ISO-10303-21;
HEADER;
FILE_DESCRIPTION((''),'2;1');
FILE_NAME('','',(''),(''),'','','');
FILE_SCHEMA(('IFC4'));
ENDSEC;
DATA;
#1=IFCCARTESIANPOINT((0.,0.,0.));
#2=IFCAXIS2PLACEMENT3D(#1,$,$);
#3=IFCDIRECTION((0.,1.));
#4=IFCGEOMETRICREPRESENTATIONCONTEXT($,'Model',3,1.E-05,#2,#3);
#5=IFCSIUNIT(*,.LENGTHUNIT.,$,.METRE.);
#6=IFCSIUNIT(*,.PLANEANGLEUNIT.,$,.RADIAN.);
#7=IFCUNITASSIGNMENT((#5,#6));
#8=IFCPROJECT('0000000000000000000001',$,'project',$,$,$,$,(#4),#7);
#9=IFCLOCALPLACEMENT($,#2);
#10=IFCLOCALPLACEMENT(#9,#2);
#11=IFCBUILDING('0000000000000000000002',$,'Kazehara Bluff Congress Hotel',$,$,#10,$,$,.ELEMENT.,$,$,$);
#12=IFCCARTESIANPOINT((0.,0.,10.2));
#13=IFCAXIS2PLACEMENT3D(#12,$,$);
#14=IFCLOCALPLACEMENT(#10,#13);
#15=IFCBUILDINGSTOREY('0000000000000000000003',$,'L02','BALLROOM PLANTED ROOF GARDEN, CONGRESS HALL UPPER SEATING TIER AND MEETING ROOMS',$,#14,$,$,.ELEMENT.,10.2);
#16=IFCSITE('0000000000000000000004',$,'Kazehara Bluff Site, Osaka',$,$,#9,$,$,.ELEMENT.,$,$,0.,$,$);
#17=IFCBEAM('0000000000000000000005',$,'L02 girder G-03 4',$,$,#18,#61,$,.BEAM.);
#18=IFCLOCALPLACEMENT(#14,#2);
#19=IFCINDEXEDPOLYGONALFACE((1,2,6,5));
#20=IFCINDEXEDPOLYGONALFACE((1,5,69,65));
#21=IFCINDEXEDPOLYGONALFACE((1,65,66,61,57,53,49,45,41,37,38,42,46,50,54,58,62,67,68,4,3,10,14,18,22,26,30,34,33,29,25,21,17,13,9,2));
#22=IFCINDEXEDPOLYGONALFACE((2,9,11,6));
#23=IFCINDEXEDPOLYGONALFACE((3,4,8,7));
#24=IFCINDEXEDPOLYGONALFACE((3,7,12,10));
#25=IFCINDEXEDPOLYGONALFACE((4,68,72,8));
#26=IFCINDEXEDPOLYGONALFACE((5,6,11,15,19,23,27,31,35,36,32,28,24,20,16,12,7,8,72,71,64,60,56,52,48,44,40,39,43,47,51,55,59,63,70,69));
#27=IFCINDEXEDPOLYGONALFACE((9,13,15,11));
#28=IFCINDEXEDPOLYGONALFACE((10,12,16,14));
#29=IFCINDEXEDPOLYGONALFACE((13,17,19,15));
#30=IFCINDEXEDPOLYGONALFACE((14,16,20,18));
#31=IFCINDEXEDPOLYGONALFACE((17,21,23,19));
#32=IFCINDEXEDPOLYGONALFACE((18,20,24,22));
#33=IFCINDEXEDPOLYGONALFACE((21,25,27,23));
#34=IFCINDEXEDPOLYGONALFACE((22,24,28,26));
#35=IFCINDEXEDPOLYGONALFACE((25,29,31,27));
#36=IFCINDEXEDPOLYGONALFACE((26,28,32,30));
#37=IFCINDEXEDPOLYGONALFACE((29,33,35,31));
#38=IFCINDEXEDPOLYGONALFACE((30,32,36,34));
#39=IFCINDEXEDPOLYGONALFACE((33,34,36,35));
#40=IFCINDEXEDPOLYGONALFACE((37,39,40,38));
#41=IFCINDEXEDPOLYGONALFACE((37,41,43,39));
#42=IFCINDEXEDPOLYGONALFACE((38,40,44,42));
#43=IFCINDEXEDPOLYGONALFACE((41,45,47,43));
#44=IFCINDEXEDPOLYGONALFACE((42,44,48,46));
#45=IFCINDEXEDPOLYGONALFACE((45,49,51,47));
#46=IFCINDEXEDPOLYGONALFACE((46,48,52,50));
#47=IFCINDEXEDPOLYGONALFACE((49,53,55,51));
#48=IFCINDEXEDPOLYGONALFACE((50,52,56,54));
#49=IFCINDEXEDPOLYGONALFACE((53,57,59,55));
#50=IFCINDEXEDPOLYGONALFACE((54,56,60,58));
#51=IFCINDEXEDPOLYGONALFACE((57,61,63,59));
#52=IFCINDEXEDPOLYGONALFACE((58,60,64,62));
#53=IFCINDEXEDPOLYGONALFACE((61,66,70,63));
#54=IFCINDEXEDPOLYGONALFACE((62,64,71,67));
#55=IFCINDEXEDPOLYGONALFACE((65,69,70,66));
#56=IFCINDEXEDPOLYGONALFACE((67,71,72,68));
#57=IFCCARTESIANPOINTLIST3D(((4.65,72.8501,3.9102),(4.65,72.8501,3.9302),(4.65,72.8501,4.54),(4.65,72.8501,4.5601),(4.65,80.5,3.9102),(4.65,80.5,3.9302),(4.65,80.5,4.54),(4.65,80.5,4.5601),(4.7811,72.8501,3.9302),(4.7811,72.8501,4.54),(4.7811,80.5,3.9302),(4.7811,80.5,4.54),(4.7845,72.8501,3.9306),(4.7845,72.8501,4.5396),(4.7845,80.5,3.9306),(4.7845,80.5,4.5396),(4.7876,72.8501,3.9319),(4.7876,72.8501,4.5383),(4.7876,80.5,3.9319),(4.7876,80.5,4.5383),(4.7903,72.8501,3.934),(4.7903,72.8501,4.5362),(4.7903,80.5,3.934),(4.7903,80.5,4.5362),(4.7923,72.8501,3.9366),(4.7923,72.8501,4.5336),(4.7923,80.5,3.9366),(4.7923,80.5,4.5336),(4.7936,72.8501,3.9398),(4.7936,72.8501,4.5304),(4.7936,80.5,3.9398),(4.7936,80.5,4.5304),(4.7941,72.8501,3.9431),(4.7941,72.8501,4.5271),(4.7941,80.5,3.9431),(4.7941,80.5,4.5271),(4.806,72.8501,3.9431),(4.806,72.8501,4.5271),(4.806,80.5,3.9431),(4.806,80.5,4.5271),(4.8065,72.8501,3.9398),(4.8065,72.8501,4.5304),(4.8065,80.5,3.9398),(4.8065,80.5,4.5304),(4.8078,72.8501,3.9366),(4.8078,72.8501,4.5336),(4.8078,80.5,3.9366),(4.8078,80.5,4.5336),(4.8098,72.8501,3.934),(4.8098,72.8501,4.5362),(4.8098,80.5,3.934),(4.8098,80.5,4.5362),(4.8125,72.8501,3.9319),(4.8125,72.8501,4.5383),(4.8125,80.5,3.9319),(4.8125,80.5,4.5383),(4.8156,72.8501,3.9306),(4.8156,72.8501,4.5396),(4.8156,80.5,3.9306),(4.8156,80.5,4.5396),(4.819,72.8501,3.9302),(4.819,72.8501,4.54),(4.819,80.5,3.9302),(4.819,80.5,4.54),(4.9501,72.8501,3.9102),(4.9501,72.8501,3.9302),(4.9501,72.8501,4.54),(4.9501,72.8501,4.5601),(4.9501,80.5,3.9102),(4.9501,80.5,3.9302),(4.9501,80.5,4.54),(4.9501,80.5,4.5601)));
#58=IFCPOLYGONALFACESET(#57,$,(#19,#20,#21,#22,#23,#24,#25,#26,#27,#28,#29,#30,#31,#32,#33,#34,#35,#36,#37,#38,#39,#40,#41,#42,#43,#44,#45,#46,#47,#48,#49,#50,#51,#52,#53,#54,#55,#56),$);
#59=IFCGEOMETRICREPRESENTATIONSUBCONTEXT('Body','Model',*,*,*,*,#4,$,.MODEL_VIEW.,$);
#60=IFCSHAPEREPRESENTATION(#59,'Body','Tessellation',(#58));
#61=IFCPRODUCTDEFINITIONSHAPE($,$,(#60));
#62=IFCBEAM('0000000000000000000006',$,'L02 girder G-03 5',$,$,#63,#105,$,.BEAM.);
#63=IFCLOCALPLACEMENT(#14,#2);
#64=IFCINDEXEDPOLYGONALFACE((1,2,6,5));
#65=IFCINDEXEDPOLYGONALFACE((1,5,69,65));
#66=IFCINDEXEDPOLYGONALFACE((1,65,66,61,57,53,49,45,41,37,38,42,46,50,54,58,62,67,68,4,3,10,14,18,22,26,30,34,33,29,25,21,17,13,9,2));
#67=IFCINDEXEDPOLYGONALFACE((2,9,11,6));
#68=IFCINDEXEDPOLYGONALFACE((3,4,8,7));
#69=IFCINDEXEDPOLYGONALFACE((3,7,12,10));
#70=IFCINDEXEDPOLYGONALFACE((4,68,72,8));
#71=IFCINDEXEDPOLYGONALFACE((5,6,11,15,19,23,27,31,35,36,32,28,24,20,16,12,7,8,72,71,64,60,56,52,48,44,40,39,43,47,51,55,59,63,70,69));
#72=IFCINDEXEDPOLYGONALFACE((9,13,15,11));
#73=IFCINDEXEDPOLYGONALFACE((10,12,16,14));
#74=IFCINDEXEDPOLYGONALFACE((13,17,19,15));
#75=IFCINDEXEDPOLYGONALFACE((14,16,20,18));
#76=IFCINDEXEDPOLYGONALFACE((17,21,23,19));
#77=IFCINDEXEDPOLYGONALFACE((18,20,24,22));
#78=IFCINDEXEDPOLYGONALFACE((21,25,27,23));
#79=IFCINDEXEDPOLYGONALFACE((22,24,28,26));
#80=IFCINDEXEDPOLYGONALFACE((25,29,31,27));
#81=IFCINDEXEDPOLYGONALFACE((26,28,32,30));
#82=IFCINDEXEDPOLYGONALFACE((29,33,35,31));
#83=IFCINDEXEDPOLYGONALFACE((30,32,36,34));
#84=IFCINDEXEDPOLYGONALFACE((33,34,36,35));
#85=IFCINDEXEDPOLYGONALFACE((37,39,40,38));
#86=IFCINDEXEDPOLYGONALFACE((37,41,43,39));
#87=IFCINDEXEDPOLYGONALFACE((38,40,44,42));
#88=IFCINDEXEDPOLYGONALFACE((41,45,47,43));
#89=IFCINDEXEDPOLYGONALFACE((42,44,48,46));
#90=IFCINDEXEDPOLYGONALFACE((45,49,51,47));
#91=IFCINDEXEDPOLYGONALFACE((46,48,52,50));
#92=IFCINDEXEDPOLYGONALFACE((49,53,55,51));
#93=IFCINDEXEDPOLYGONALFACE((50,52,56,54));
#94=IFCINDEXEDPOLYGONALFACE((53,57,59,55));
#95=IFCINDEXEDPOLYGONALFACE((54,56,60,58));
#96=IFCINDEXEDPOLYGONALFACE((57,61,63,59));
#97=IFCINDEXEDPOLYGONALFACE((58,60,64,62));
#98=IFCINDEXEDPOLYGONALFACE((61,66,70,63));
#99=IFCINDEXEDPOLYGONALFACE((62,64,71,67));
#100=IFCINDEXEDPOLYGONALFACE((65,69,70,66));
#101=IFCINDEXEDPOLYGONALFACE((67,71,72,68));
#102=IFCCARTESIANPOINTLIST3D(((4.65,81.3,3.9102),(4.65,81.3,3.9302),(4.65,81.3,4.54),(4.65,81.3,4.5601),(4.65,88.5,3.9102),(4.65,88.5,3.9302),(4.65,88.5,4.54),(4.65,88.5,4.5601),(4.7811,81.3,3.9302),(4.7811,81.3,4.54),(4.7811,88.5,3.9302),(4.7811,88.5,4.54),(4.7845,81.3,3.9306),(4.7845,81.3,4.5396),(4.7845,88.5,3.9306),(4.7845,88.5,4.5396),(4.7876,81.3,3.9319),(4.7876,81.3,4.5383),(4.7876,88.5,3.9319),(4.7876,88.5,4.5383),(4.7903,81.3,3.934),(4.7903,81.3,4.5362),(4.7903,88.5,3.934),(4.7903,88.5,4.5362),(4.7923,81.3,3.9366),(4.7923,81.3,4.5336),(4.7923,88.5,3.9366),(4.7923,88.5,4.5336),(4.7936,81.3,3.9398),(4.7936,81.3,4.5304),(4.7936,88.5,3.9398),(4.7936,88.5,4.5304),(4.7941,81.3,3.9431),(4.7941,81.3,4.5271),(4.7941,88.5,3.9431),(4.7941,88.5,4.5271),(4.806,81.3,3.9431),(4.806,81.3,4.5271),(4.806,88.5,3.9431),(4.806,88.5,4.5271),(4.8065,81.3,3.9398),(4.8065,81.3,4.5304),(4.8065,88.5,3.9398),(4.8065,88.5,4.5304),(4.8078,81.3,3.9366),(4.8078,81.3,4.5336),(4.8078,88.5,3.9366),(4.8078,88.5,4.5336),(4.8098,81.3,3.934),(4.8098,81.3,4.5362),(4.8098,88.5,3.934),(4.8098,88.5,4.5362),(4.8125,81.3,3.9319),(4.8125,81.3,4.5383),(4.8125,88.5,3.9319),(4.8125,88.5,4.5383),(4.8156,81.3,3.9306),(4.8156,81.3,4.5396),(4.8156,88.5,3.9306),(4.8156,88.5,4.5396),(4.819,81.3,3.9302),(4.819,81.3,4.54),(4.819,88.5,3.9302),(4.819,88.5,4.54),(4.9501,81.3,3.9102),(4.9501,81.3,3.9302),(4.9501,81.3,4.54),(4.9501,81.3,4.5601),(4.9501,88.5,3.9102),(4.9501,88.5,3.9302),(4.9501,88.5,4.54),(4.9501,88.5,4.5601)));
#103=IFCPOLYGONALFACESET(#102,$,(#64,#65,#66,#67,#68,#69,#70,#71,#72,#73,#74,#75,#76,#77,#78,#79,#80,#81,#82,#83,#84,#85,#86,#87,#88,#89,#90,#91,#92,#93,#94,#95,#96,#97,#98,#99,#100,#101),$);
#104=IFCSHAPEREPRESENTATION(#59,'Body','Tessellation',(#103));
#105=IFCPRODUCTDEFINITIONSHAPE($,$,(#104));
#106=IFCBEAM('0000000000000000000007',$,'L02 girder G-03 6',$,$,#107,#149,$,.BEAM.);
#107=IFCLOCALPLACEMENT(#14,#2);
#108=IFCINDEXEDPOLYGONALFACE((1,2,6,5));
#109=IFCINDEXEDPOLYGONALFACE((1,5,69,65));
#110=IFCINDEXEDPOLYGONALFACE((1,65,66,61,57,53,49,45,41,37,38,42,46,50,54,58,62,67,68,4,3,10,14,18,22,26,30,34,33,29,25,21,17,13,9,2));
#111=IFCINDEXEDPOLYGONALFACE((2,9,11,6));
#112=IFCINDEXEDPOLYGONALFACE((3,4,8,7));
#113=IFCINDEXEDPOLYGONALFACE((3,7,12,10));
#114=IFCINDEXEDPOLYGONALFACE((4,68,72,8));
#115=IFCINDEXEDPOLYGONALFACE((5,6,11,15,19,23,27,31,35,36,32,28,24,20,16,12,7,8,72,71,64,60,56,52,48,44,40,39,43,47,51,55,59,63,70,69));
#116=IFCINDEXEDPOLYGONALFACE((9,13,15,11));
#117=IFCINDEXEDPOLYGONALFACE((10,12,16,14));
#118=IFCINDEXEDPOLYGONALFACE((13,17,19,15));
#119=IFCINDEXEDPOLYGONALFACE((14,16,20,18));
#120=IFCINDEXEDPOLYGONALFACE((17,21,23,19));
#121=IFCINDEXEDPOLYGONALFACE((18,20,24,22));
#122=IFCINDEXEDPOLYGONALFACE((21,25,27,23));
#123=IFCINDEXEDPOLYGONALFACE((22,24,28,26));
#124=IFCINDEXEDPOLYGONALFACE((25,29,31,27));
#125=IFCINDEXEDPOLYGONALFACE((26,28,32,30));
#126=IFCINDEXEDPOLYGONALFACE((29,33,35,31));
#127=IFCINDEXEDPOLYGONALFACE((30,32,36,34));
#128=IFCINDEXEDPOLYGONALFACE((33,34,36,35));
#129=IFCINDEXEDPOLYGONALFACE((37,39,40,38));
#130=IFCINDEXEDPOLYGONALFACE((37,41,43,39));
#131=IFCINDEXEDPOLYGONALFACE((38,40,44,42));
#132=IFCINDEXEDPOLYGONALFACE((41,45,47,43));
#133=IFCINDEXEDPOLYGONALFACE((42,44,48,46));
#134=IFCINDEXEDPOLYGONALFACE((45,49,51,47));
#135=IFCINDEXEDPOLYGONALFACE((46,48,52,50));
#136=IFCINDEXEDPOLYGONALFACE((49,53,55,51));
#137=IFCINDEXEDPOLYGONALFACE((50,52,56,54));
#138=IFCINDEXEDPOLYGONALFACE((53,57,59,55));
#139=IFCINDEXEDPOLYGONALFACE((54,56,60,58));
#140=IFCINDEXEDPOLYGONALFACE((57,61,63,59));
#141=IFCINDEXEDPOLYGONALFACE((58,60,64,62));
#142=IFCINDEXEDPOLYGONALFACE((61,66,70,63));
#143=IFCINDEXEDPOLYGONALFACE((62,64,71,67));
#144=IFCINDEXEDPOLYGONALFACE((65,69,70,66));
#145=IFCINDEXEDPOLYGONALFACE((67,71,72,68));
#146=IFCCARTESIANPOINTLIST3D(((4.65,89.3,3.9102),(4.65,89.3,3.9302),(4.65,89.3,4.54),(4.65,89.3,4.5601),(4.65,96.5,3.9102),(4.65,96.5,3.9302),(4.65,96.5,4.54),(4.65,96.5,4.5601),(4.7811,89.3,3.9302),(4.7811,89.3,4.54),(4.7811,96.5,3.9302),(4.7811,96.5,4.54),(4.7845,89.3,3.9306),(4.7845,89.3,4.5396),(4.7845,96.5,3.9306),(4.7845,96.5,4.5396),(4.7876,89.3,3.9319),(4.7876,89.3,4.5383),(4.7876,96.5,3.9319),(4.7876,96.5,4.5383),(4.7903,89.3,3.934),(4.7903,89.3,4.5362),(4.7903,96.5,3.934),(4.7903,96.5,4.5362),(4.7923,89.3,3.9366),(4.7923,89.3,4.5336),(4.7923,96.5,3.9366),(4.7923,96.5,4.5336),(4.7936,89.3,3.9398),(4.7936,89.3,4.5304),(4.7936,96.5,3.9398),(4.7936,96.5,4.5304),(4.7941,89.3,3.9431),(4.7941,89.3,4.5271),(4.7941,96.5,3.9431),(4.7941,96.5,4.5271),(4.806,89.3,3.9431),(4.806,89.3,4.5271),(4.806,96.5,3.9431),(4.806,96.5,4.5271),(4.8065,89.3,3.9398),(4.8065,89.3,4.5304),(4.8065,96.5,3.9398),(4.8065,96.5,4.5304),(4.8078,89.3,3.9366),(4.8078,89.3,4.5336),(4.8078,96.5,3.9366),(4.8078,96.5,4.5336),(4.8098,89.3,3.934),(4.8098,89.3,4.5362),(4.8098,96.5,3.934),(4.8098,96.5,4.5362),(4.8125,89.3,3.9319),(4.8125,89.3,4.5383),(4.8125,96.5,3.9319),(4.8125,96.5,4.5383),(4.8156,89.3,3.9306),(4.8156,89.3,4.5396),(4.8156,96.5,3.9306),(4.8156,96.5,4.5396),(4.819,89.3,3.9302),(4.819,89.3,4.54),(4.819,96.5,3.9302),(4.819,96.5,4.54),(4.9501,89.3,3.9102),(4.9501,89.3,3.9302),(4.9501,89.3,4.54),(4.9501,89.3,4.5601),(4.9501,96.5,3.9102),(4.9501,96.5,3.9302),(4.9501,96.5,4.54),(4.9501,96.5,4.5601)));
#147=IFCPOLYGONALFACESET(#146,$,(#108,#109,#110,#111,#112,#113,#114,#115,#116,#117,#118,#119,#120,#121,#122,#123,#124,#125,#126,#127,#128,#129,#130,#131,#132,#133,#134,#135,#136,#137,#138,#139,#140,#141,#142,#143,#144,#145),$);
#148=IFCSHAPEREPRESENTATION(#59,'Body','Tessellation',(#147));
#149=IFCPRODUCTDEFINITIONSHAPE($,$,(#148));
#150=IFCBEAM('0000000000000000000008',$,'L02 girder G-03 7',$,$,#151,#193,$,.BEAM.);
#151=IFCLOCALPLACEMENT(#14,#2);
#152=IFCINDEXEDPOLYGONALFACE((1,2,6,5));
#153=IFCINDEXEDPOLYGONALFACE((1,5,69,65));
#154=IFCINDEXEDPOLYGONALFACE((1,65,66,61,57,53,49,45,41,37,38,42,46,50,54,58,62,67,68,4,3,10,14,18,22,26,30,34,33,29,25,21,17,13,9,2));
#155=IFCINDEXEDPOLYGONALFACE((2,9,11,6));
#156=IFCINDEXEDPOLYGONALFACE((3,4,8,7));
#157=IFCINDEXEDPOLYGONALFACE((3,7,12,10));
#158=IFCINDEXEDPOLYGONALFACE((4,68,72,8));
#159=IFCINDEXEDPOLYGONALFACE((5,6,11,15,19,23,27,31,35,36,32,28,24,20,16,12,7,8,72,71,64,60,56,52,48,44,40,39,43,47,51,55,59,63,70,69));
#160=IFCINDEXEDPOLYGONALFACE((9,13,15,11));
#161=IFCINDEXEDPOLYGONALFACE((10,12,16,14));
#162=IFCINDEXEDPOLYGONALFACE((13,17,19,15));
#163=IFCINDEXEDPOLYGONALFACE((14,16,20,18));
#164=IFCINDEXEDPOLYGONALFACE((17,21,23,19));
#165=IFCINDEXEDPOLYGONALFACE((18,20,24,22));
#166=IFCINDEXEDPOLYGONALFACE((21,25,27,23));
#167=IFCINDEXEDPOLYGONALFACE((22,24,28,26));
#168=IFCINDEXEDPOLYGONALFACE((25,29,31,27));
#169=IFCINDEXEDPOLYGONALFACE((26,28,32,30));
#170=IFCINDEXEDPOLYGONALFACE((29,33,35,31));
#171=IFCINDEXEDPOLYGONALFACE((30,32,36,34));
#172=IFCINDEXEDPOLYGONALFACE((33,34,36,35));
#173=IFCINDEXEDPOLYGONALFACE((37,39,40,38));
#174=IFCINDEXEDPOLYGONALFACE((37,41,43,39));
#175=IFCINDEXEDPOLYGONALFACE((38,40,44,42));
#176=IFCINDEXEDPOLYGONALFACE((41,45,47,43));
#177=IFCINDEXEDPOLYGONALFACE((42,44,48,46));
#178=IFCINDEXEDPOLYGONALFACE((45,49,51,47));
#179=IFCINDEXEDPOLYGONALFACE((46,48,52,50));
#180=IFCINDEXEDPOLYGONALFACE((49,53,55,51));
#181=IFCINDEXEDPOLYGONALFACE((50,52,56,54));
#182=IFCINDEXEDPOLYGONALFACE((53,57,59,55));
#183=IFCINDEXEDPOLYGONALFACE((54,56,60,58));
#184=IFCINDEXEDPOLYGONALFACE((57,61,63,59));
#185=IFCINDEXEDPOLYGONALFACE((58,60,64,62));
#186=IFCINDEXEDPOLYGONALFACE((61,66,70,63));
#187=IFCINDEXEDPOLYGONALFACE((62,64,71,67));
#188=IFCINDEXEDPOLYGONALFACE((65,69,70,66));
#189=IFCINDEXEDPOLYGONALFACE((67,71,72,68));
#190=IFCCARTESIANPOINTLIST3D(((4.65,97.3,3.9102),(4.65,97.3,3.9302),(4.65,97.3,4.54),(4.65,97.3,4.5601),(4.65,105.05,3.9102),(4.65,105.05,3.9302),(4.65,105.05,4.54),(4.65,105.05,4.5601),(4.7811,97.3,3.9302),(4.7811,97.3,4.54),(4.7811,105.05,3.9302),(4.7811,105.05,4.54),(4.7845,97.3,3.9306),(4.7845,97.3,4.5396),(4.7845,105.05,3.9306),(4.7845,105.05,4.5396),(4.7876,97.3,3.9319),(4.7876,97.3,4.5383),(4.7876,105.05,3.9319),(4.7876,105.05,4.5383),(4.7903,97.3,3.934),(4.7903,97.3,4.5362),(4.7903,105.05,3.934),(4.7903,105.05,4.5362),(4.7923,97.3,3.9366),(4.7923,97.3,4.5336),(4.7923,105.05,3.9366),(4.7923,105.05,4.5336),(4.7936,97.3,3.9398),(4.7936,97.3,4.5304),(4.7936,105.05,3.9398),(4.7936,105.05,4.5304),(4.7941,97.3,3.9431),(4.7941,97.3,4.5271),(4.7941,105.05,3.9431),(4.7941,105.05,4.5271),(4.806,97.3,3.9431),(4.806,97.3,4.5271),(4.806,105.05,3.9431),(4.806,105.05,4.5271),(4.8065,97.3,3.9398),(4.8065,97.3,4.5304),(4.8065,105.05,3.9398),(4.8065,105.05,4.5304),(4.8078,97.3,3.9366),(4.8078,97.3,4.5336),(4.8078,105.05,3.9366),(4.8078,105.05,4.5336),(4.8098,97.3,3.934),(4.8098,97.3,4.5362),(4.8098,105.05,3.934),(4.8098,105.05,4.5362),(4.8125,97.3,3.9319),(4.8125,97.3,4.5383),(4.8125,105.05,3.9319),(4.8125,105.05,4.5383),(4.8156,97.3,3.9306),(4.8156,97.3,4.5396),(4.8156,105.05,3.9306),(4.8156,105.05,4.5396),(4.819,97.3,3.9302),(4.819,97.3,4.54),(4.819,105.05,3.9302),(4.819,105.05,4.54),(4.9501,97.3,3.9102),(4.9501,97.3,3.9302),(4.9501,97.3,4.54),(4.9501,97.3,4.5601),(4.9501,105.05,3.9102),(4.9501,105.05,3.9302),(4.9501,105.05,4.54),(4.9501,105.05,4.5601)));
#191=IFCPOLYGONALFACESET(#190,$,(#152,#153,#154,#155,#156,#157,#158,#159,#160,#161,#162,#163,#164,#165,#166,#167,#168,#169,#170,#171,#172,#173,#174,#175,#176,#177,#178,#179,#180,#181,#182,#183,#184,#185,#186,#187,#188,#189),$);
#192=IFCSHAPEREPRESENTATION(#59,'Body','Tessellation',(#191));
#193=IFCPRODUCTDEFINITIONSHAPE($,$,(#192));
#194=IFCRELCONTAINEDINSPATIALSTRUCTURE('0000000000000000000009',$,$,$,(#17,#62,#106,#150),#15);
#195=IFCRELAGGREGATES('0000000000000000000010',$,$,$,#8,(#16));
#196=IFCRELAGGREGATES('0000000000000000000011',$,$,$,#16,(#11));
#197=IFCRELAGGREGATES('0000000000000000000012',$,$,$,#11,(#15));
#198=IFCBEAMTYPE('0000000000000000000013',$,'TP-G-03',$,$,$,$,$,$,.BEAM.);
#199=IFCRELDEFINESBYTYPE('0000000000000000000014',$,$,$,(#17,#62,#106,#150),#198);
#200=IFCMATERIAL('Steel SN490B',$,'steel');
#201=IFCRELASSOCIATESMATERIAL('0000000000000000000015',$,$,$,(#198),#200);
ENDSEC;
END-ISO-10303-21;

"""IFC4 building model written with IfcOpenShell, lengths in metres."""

from ifc_helpers import new_model, si_unit, direction, frame, origin, origin_2d, place, context, subcontext, project, spatial, i_section, extrude, material, material_profile, profile_set, type_object, element, save


model = new_model("IFC4")

# Units and contexts
model_context = context("Model", 3, precision=1e-05, world=origin(), true_north=direction((0.0, 1.0)))
body_context = subcontext(model_context, "Body", "Model", "MODEL_VIEW")
ifc_project = project(units=[si_unit("LENGTHUNIT", "METRE"), si_unit("PLANEANGLEUNIT", "RADIAN")], contexts=[model_context])

# Site, building, storey
site_placement = place(None, origin())
site = spatial("IfcSite", under=ifc_project, at=site_placement, Name="Kazehara Bluff Site, Osaka", CompositionType="ELEMENT", RefElevation=0.0)
building_placement = place(site_placement, origin())
building = spatial("IfcBuilding", under=site, at=building_placement, Name="Kazehara Bluff Congress Hotel", CompositionType="ELEMENT")
storey_placement = place(building_placement, frame((0.0, 0.0, 10.2)))
storey = spatial("IfcBuildingStorey", under=building, at=storey_placement, Name="L02", Description="BALLROOM PLANTED ROOF GARDEN, CONGRESS HALL UPPER SEATING TIER AND MEETING ROOMS", CompositionType="ELEMENT", Elevation=10.2)

# Beams
ifc_material_1 = material(Name="Steel SN490B", Category="steel")
ifc_material_profile_1 = material_profile(ifc_material_1, i_section(OverallWidth=0.3, OverallDepth=0.6499, WebThickness=0.012, FlangeThickness=0.02, FilletRadius=0.0129, at=origin_2d()))
ifc_profile_set_1 = profile_set([ifc_material_profile_1], Name="Steel SN490B")
beam_type_1 = type_object("IfcBeamType", Name="TP-G-03", PredefinedType="BEAM", material=ifc_profile_set_1)
beam_1_placement = place(storey_placement, frame((4.8, 72.8501, 4.2351), z_axis=(0.0, 1.0, 0.0), x_axis=(-1.0, 0.0, 0.0)))
element("IfcBeam", 1, at=beam_1_placement, inside=storey, type_object=beam_type_1, Name="L02 girder G-03 4", PredefinedType="BEAM", context=body_context, shape_type="SweptSolid", body=[
    extrude(i_section(OverallWidth=0.3, OverallDepth=0.6499, WebThickness=0.012, FlangeThickness=0.02, FilletRadius=0.0129, at=origin_2d()), origin(), (0.0, 0.0, 1.0), 7.6499),
])
for number, where, z_axis, x_axis, name in (
    (2, (4.8, 81.3, 4.2351), (0.0, 1.0, 0.0), (-1.0, 0.0, 0.0), "L02 girder G-03 5"),
    (3, (4.8, 89.3, 4.2351), (0.0, 1.0, 0.0), (-1.0, 0.0, 0.0), "L02 girder G-03 6"),
):
    element("IfcBeam", number, at=place(storey_placement, frame(where, z_axis=z_axis, x_axis=x_axis)), inside=storey, type_object=beam_type_1, Name=name, PredefinedType="BEAM", context=body_context, shape_type="SweptSolid", body=[
        extrude(i_section(OverallWidth=0.3, OverallDepth=0.6499, WebThickness=0.012, FlangeThickness=0.02, FilletRadius=0.0129, at=origin_2d()), origin(), (0.0, 0.0, 1.0), 7.2),
    ])
beam_2_placement = place(storey_placement, frame((4.8, 97.3, 4.2351), z_axis=(0.0, 1.0, 0.0), x_axis=(-1.0, 0.0, 0.0)))
element("IfcBeam", 4, at=beam_2_placement, inside=storey, type_object=beam_type_1, Name="L02 girder G-03 7", PredefinedType="BEAM", context=body_context, shape_type="SweptSolid", body=[
    extrude(i_section(OverallWidth=0.3, OverallDepth=0.6499, WebThickness=0.012, FlangeThickness=0.02, FilletRadius=0.0129, at=origin_2d()), origin(), (0.0, 0.0, 1.0), 7.75),
])

save(model, "model.ifc")
